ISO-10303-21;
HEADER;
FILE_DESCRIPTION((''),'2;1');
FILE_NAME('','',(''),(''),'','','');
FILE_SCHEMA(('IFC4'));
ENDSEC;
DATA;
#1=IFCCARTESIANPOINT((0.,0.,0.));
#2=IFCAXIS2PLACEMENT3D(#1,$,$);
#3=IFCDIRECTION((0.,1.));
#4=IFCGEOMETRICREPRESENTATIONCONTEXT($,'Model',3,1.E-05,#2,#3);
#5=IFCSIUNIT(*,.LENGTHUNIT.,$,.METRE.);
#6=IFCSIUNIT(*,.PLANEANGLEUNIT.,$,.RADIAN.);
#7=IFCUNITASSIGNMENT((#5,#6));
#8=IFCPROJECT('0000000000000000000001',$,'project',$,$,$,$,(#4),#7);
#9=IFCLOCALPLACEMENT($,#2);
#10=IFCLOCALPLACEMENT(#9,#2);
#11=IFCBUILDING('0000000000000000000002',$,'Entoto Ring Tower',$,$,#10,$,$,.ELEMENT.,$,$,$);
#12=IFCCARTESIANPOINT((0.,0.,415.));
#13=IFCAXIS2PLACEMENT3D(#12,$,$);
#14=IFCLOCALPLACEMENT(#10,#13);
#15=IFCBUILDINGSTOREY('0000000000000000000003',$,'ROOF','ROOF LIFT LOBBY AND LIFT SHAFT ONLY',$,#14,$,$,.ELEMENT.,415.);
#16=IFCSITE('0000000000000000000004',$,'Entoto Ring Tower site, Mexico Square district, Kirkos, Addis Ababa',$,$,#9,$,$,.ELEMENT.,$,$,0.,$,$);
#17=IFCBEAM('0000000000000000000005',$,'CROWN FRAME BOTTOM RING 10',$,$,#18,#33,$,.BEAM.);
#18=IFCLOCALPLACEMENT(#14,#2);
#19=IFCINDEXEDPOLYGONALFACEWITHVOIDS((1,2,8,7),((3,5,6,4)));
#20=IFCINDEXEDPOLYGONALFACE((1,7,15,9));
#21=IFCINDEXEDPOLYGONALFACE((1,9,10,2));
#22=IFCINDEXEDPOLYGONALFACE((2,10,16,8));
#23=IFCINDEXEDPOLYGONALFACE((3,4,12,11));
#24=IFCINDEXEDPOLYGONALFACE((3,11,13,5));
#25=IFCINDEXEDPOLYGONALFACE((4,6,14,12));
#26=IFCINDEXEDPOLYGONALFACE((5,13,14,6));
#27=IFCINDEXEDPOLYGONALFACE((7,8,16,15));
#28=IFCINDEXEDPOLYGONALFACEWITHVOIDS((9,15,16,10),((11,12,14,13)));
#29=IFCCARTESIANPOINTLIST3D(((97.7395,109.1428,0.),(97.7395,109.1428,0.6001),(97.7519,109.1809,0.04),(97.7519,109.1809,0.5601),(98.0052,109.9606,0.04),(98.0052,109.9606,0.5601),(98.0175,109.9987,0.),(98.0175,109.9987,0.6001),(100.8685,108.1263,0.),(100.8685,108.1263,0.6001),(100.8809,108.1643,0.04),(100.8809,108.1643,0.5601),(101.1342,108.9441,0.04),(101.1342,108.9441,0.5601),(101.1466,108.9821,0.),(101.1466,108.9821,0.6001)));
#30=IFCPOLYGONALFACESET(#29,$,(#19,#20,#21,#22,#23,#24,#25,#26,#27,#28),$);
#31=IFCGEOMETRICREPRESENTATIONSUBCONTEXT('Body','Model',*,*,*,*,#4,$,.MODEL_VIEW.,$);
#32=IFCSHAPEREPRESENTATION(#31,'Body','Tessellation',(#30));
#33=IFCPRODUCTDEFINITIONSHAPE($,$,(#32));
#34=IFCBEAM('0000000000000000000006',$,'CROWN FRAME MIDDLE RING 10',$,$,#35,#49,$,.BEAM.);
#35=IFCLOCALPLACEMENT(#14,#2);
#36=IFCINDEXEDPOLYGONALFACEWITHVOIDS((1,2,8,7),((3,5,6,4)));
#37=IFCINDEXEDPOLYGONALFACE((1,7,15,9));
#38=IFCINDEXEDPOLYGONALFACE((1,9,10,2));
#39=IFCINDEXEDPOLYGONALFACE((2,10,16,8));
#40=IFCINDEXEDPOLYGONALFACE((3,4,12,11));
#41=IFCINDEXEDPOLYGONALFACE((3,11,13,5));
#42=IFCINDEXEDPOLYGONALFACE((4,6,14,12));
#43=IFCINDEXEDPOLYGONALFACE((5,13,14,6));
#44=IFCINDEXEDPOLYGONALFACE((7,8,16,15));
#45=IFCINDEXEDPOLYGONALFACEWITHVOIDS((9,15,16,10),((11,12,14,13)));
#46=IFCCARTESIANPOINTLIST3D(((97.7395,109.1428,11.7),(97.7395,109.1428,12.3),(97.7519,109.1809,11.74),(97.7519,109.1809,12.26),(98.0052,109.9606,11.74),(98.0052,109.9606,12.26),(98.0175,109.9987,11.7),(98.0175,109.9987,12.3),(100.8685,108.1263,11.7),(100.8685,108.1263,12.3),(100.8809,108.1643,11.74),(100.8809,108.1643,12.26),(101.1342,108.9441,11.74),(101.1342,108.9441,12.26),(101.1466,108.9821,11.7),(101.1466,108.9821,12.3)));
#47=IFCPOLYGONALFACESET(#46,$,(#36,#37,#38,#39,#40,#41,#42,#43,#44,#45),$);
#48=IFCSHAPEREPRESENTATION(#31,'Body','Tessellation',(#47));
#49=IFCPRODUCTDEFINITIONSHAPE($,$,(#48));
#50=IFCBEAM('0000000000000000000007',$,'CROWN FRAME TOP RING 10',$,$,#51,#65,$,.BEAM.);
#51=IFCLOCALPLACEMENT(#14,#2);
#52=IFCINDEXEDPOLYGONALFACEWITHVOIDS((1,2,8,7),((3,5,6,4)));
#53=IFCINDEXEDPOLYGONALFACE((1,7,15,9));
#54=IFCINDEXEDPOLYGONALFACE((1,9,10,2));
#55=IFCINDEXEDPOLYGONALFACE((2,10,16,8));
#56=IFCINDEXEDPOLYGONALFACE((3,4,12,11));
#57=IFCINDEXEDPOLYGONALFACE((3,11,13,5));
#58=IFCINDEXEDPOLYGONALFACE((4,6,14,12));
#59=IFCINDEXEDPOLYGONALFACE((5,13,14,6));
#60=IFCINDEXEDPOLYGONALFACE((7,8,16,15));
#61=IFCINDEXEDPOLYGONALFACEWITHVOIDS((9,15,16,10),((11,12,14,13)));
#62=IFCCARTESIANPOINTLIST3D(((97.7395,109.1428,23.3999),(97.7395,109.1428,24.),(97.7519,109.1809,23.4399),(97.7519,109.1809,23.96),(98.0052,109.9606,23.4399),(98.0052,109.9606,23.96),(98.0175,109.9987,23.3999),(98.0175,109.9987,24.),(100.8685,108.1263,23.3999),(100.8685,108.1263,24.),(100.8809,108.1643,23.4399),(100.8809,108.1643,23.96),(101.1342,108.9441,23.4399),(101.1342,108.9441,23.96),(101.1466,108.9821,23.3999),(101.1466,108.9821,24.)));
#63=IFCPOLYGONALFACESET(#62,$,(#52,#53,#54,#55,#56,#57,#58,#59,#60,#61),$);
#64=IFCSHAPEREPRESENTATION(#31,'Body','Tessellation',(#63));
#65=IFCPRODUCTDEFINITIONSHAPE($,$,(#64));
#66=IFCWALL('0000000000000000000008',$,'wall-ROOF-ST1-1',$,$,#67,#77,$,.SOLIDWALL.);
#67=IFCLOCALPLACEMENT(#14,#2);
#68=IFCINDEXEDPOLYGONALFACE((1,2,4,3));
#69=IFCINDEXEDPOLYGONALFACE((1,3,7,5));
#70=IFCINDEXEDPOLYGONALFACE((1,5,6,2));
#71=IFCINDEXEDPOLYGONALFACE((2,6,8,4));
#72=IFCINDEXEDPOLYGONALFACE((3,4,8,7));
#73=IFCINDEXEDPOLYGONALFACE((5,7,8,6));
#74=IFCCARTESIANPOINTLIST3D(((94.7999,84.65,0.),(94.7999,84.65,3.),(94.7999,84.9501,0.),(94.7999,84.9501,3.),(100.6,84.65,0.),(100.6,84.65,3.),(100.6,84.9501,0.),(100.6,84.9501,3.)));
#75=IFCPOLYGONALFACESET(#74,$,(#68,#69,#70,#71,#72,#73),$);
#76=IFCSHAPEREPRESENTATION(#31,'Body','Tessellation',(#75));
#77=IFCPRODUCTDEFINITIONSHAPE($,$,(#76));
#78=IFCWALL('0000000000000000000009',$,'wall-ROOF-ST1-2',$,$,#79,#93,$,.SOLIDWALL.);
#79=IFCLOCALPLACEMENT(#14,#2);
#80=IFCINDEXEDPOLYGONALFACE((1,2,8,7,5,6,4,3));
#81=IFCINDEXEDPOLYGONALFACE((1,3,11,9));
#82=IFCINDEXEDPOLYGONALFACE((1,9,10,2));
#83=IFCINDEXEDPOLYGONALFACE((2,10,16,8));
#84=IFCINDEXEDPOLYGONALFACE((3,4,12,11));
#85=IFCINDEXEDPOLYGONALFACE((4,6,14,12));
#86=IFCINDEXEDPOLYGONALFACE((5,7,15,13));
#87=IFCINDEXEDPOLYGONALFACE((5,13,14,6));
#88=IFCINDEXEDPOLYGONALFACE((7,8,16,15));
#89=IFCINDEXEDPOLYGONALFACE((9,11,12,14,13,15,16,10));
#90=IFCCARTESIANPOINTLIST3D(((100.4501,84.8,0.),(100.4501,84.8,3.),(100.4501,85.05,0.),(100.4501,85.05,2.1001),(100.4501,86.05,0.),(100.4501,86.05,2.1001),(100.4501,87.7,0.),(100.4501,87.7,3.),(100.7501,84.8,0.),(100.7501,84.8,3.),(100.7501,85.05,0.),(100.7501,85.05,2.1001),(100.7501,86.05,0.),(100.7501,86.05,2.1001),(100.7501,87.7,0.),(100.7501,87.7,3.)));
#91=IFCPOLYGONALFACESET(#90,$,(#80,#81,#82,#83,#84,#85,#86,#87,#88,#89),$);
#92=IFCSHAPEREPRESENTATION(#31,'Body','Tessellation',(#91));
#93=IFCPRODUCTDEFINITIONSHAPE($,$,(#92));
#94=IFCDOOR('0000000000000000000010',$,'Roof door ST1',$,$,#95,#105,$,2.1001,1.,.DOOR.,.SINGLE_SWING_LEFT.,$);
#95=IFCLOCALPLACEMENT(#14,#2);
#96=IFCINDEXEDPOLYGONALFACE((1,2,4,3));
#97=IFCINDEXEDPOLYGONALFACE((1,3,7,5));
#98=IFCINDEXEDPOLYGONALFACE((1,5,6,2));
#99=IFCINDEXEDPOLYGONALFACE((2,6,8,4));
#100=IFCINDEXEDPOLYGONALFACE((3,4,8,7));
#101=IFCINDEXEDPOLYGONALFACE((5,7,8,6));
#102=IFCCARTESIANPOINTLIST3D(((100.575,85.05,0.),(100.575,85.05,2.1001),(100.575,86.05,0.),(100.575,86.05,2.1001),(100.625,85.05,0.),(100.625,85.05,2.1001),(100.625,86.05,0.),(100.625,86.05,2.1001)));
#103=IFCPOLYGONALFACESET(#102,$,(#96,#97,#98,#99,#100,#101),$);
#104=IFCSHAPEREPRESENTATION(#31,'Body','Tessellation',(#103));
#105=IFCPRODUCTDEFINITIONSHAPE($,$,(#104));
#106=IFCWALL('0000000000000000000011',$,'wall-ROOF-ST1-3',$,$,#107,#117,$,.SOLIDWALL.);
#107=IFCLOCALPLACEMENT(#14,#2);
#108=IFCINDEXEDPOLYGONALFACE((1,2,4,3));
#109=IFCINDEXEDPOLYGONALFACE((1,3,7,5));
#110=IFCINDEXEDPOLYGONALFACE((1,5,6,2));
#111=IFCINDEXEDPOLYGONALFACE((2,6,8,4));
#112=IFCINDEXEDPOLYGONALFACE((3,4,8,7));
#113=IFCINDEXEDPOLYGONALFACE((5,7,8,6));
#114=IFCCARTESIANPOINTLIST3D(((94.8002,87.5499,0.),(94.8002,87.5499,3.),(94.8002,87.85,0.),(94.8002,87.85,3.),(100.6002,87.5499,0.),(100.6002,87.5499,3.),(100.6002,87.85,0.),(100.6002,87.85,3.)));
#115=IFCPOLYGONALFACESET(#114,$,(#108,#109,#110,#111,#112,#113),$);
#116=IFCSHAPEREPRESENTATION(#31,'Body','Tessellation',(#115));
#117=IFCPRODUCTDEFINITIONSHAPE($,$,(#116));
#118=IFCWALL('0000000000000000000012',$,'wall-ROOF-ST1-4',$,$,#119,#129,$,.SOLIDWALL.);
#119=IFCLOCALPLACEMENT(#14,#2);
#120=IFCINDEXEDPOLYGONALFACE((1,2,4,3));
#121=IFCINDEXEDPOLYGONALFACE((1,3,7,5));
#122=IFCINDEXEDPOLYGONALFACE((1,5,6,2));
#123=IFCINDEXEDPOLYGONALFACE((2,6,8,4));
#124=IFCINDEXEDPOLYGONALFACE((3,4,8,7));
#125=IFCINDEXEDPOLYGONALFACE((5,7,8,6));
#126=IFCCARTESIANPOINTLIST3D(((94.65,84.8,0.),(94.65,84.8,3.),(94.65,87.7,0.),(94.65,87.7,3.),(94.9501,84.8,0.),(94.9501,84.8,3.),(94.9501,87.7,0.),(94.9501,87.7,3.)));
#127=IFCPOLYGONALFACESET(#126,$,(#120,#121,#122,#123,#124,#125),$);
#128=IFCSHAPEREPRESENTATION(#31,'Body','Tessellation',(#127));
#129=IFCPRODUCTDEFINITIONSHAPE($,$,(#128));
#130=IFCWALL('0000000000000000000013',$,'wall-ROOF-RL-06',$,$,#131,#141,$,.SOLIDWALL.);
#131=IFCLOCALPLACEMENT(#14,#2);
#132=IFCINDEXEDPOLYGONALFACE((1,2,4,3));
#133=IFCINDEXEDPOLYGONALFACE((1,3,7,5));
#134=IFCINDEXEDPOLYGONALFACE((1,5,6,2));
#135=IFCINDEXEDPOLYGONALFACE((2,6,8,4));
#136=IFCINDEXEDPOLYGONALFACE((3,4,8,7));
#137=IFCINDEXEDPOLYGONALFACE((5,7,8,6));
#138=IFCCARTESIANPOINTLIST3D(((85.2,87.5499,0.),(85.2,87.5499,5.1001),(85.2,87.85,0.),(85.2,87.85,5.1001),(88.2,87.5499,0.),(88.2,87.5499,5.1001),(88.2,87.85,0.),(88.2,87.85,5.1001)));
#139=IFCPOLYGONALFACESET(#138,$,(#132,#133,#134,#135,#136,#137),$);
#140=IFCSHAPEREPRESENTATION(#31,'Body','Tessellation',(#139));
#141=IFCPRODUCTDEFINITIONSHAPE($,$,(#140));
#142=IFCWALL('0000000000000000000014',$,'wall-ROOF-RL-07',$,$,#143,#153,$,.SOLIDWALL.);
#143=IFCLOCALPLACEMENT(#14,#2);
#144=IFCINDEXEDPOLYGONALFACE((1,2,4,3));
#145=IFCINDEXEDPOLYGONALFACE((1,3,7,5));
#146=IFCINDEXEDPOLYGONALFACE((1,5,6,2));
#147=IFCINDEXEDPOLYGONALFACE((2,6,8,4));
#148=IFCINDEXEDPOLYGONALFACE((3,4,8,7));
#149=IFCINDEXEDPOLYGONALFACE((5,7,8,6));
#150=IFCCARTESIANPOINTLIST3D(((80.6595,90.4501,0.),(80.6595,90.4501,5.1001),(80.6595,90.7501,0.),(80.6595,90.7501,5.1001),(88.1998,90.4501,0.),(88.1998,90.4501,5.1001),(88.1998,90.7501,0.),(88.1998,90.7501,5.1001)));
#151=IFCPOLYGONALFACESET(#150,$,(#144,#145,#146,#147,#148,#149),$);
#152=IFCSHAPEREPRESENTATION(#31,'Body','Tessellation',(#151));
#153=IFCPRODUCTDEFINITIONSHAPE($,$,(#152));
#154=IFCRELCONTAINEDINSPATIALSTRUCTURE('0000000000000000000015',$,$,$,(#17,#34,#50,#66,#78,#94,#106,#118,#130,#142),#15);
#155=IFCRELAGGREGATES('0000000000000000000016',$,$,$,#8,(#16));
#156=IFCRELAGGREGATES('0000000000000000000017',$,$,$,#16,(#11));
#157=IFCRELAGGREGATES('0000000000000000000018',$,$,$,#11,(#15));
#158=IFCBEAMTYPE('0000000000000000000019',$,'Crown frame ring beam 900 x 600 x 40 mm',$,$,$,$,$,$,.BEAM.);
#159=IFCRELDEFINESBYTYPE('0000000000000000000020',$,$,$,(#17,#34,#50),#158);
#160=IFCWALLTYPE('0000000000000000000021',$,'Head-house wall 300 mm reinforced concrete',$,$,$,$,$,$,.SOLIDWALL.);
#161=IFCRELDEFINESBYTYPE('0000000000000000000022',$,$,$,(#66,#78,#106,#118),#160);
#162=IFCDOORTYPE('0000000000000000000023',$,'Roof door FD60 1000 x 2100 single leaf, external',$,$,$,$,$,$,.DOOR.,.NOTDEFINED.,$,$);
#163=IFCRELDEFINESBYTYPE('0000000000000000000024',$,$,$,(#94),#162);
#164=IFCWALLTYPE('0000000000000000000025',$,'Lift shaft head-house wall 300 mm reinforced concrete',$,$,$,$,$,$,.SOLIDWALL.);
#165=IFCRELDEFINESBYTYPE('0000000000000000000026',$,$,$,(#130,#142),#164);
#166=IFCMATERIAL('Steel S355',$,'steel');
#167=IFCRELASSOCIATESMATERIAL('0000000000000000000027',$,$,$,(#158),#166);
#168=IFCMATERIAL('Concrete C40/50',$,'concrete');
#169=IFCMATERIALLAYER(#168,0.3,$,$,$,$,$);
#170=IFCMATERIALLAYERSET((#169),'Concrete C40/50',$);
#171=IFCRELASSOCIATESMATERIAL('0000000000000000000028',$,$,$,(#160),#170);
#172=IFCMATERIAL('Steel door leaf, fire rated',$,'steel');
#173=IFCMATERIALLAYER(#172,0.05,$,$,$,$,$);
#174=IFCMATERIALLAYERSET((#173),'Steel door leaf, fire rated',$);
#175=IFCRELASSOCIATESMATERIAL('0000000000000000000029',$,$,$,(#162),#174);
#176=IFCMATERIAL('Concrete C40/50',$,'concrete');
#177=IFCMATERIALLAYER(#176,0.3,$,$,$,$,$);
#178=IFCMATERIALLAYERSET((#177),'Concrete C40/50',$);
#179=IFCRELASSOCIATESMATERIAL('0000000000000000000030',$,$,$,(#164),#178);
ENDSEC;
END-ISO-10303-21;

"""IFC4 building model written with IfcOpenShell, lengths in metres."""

from ifc_helpers import new_model, si_unit, direction, frame, frame_2d, origin, origin_2d, place, context, subcontext, project, spatial, rectangle, hollow_rectangle, extrude, material, layer, layer_set, material_profile, profile_set, type_object, element, fill, save


model = new_model("IFC4")

# Units and contexts
model_context = context("Model", 3, precision=1e-05, world=origin(), true_north=direction((0.0, 1.0)))
body_context = subcontext(model_context, "Body", "Model", "MODEL_VIEW")
ifc_project = project(units=[si_unit("LENGTHUNIT", "METRE"), si_unit("PLANEANGLEUNIT", "RADIAN")], contexts=[model_context])

# Site, building, storey
site_placement = place(None, origin())
site = spatial("IfcSite", under=ifc_project, at=site_placement, Name="Entoto Ring Tower site, Mexico Square district, Kirkos, Addis Ababa", CompositionType="ELEMENT", RefElevation=0.0)
building_placement = place(site_placement, origin())
building = spatial("IfcBuilding", under=site, at=building_placement, Name="Entoto Ring Tower", CompositionType="ELEMENT")
storey_placement = place(building_placement, frame((0.0, 0.0, 415.0)))
storey = spatial("IfcBuildingStorey", under=building, at=storey_placement, Name="ROOF", Description="ROOF LIFT LOBBY AND LIFT SHAFT ONLY", CompositionType="ELEMENT", Elevation=415.0)

# Beams
ifc_material_1 = material(Name="Steel S355", Category="steel")
ifc_material_profile = material_profile(ifc_material_1, hollow_rectangle(XDim=0.8999, YDim=0.6001, WallThickness=0.04, at=origin_2d()), Name="Crown frame ring beam 900 x 600 x 40 mm")
ifc_profile_set = profile_set([ifc_material_profile], Name="Steel S355")
beam_type = type_object("IfcBeamType", Name="Crown frame ring beam 900 x 600 x 40 mm", PredefinedType="BEAM", material=ifc_profile_set)
for number, where, z_axis, x_axis, name in (
    (1, (101.0076, 108.5542, 0.3), (-0.951067, 0.308984, 0.0), (-0.308984, -0.951067, 0.0), "CROWN FRAME BOTTOM RING 10"),
    (2, (101.0076, 108.5542, 12.0), (-0.951067, 0.308984, 0.0), (-0.308984, -0.951067, 0.0), "CROWN FRAME MIDDLE RING 10"),
    (3, (101.0076, 108.5542, 23.7), (-0.951067, 0.308984, 0.0), (-0.308984, -0.951067, 0.0), "CROWN FRAME TOP RING 10"),
):
    element("IfcBeam", number, at=place(storey_placement, frame(where, z_axis=z_axis, x_axis=x_axis)), inside=storey, type_object=beam_type, Name=name, PredefinedType="BEAM", context=body_context, shape_type="SweptSolid", body=[
        extrude(hollow_rectangle(XDim=0.8999, YDim=0.6001, WallThickness=0.04, at=origin_2d()), origin(), (0.0, 0.0, 1.0), 3.29),
    ])

# Wall
ifc_material_2 = material(Name="Concrete C40/50", Category="concrete")
ifc_layer_1 = layer(ifc_material_2, 0.3)
ifc_layer_set_1 = layer_set([ifc_layer_1], Name="Concrete C40/50")
wall_type_1 = type_object("IfcWallType", Name="Head-house wall 300 mm reinforced concrete", PredefinedType="SOLIDWALL", material=ifc_layer_set_1)
wall_1_placement = place(storey_placement, frame((94.8, 84.8, 0.0), z_axis=(0.0, 0.0, 1.0), x_axis=(1.0, 0.0, 0.0)))
element("IfcWall", 4, at=wall_1_placement, inside=storey, type_object=wall_type_1, Name="wall-ROOF-ST1-1", PredefinedType="SOLIDWALL", context=body_context, shape_type="SweptSolid", body=[
    extrude(rectangle(XDim=5.8, YDim=0.3, at=frame_2d((2.8999, 0.0))), origin(), (0.0, 0.0, 1.0), 3.0),
])

# Wall, opening, door
wall_2_placement = place(storey_placement, frame((100.6001, 84.8, 0.0), z_axis=(0.0, 0.0, 1.0), x_axis=(0.0, 1.0, 0.0)))
wall_2 = element("IfcWall", 5, at=wall_2_placement, inside=storey, type_object=wall_type_1, Name="wall-ROOF-ST1-2", PredefinedType="SOLIDWALL", context=body_context, shape_type="SweptSolid", body=[
    extrude(rectangle(XDim=2.8999, YDim=0.3, at=frame_2d((1.45, 0.0))), origin(), (0.0, 0.0, 1.0), 3.0),
])
opening_placement = place(wall_2_placement, frame((0.25, 0.0, 0.0)))
opening = element("IfcOpeningElement", 6, at=opening_placement, cuts=wall_2, PredefinedType="OPENING", context=body_context, shape_type="SweptSolid", body=[
    extrude(rectangle(XDim=1.0, YDim=2.1001, at=frame_2d((0.5, 1.05))), frame((0.0, 0.1602, 0.0), z_axis=(0.0, -1.0, 0.0), x_axis=(1.0, 0.0, 0.0)), (0.0, 0.0, 1.0), 0.3201),
])
ifc_material_3 = material(Name="Steel door leaf, fire rated", Category="steel")
ifc_layer_2 = layer(ifc_material_3, 0.05)
ifc_layer_set_2 = layer_set([ifc_layer_2], Name="Steel door leaf, fire rated")
door_type = type_object("IfcDoorType", Name="Roof door FD60 1000 x 2100 single leaf, external", OperationType="NOTDEFINED", PredefinedType="DOOR", material=ifc_layer_set_2)
door_placement = place(opening_placement, frame((1.0, 0.0, 0.0), z_axis=(0.0, 0.0, 1.0), x_axis=(-1.0, 0.0, 0.0)))
door = element("IfcDoor", 7, at=door_placement, inside=storey, type_object=door_type, Name="Roof door ST1", OperationType="SINGLE_SWING_LEFT", OverallHeight=2.1001, OverallWidth=1.0, PredefinedType="DOOR", context=body_context, shape_type="SweptSolid", body=[
    extrude(rectangle(XDim=1.0, YDim=2.1001, at=frame_2d((0.5, 1.05))), frame((0.0, 0.0249, 0.0), z_axis=(0.0, -1.0, 0.0), x_axis=(1.0, 0.0, 0.0)), (0.0, 0.0, 1.0), 0.05),
])
fill(opening, door)

# Walls
wall_3_placement = place(storey_placement, frame((100.6001, 87.7, 0.0), z_axis=(0.0, 0.0, 1.0), x_axis=(-1.0, 0.0, 0.0)))
element("IfcWall", 8, at=wall_3_placement, inside=storey, type_object=wall_type_1, Name="wall-ROOF-ST1-3", PredefinedType="SOLIDWALL", context=body_context, shape_type="SweptSolid", body=[
    extrude(rectangle(XDim=5.8, YDim=0.3, at=frame_2d((2.8999, 0.0))), origin(), (0.0, 0.0, 1.0), 3.0),
])
wall_4_placement = place(storey_placement, frame((94.8, 87.7, 0.0), z_axis=(0.0, 0.0, 1.0), x_axis=(0.0, -1.0, 0.0)))
element("IfcWall", 9, at=wall_4_placement, inside=storey, type_object=wall_type_1, Name="wall-ROOF-ST1-4", PredefinedType="SOLIDWALL", context=body_context, shape_type="SweptSolid", body=[
    extrude(rectangle(XDim=2.8999, YDim=0.3, at=frame_2d((1.45, 0.0))), origin(), (0.0, 0.0, 1.0), 3.0),
])
ifc_material_4 = material(Name="Concrete C40/50", Category="concrete")
ifc_layer_3 = layer(ifc_material_4, 0.3)
ifc_layer_set_3 = layer_set([ifc_layer_3], Name="Concrete C40/50")
wall_type_2 = type_object("IfcWallType", Name="Lift shaft head-house wall 300 mm reinforced concrete", PredefinedType="SOLIDWALL", material=ifc_layer_set_3)
wall_5_placement = place(storey_placement, frame((85.2, 87.7, 0.0), z_axis=(0.0, 0.0, 1.0), x_axis=(1.0, 0.0, 0.0)))
element("IfcWall", 10, at=wall_5_placement, inside=storey, type_object=wall_type_2, Name="wall-ROOF-RL-06", PredefinedType="SOLIDWALL", context=body_context, shape_type="SweptSolid", body=[
    extrude(rectangle(XDim=3.0, YDim=0.3, at=frame_2d((1.5, 0.0))), origin(), (0.0, 0.0, 1.0), 5.1001),
])
wall_6_placement = place(storey_placement, frame((80.6597, 90.6001, 0.0), z_axis=(0.0, 0.0, 1.0), x_axis=(1.0, 0.0, 0.0)))
element("IfcWall", 11, at=wall_6_placement, inside=storey, type_object=wall_type_2, Name="wall-ROOF-RL-07", PredefinedType="SOLIDWALL", context=body_context, shape_type="SweptSolid", body=[
    extrude(rectangle(XDim=7.5403, YDim=0.3, at=frame_2d((3.77, 0.0))), origin(), (0.0, 0.0, 1.0), 5.1001),
])

save(model, "model.ifc")
